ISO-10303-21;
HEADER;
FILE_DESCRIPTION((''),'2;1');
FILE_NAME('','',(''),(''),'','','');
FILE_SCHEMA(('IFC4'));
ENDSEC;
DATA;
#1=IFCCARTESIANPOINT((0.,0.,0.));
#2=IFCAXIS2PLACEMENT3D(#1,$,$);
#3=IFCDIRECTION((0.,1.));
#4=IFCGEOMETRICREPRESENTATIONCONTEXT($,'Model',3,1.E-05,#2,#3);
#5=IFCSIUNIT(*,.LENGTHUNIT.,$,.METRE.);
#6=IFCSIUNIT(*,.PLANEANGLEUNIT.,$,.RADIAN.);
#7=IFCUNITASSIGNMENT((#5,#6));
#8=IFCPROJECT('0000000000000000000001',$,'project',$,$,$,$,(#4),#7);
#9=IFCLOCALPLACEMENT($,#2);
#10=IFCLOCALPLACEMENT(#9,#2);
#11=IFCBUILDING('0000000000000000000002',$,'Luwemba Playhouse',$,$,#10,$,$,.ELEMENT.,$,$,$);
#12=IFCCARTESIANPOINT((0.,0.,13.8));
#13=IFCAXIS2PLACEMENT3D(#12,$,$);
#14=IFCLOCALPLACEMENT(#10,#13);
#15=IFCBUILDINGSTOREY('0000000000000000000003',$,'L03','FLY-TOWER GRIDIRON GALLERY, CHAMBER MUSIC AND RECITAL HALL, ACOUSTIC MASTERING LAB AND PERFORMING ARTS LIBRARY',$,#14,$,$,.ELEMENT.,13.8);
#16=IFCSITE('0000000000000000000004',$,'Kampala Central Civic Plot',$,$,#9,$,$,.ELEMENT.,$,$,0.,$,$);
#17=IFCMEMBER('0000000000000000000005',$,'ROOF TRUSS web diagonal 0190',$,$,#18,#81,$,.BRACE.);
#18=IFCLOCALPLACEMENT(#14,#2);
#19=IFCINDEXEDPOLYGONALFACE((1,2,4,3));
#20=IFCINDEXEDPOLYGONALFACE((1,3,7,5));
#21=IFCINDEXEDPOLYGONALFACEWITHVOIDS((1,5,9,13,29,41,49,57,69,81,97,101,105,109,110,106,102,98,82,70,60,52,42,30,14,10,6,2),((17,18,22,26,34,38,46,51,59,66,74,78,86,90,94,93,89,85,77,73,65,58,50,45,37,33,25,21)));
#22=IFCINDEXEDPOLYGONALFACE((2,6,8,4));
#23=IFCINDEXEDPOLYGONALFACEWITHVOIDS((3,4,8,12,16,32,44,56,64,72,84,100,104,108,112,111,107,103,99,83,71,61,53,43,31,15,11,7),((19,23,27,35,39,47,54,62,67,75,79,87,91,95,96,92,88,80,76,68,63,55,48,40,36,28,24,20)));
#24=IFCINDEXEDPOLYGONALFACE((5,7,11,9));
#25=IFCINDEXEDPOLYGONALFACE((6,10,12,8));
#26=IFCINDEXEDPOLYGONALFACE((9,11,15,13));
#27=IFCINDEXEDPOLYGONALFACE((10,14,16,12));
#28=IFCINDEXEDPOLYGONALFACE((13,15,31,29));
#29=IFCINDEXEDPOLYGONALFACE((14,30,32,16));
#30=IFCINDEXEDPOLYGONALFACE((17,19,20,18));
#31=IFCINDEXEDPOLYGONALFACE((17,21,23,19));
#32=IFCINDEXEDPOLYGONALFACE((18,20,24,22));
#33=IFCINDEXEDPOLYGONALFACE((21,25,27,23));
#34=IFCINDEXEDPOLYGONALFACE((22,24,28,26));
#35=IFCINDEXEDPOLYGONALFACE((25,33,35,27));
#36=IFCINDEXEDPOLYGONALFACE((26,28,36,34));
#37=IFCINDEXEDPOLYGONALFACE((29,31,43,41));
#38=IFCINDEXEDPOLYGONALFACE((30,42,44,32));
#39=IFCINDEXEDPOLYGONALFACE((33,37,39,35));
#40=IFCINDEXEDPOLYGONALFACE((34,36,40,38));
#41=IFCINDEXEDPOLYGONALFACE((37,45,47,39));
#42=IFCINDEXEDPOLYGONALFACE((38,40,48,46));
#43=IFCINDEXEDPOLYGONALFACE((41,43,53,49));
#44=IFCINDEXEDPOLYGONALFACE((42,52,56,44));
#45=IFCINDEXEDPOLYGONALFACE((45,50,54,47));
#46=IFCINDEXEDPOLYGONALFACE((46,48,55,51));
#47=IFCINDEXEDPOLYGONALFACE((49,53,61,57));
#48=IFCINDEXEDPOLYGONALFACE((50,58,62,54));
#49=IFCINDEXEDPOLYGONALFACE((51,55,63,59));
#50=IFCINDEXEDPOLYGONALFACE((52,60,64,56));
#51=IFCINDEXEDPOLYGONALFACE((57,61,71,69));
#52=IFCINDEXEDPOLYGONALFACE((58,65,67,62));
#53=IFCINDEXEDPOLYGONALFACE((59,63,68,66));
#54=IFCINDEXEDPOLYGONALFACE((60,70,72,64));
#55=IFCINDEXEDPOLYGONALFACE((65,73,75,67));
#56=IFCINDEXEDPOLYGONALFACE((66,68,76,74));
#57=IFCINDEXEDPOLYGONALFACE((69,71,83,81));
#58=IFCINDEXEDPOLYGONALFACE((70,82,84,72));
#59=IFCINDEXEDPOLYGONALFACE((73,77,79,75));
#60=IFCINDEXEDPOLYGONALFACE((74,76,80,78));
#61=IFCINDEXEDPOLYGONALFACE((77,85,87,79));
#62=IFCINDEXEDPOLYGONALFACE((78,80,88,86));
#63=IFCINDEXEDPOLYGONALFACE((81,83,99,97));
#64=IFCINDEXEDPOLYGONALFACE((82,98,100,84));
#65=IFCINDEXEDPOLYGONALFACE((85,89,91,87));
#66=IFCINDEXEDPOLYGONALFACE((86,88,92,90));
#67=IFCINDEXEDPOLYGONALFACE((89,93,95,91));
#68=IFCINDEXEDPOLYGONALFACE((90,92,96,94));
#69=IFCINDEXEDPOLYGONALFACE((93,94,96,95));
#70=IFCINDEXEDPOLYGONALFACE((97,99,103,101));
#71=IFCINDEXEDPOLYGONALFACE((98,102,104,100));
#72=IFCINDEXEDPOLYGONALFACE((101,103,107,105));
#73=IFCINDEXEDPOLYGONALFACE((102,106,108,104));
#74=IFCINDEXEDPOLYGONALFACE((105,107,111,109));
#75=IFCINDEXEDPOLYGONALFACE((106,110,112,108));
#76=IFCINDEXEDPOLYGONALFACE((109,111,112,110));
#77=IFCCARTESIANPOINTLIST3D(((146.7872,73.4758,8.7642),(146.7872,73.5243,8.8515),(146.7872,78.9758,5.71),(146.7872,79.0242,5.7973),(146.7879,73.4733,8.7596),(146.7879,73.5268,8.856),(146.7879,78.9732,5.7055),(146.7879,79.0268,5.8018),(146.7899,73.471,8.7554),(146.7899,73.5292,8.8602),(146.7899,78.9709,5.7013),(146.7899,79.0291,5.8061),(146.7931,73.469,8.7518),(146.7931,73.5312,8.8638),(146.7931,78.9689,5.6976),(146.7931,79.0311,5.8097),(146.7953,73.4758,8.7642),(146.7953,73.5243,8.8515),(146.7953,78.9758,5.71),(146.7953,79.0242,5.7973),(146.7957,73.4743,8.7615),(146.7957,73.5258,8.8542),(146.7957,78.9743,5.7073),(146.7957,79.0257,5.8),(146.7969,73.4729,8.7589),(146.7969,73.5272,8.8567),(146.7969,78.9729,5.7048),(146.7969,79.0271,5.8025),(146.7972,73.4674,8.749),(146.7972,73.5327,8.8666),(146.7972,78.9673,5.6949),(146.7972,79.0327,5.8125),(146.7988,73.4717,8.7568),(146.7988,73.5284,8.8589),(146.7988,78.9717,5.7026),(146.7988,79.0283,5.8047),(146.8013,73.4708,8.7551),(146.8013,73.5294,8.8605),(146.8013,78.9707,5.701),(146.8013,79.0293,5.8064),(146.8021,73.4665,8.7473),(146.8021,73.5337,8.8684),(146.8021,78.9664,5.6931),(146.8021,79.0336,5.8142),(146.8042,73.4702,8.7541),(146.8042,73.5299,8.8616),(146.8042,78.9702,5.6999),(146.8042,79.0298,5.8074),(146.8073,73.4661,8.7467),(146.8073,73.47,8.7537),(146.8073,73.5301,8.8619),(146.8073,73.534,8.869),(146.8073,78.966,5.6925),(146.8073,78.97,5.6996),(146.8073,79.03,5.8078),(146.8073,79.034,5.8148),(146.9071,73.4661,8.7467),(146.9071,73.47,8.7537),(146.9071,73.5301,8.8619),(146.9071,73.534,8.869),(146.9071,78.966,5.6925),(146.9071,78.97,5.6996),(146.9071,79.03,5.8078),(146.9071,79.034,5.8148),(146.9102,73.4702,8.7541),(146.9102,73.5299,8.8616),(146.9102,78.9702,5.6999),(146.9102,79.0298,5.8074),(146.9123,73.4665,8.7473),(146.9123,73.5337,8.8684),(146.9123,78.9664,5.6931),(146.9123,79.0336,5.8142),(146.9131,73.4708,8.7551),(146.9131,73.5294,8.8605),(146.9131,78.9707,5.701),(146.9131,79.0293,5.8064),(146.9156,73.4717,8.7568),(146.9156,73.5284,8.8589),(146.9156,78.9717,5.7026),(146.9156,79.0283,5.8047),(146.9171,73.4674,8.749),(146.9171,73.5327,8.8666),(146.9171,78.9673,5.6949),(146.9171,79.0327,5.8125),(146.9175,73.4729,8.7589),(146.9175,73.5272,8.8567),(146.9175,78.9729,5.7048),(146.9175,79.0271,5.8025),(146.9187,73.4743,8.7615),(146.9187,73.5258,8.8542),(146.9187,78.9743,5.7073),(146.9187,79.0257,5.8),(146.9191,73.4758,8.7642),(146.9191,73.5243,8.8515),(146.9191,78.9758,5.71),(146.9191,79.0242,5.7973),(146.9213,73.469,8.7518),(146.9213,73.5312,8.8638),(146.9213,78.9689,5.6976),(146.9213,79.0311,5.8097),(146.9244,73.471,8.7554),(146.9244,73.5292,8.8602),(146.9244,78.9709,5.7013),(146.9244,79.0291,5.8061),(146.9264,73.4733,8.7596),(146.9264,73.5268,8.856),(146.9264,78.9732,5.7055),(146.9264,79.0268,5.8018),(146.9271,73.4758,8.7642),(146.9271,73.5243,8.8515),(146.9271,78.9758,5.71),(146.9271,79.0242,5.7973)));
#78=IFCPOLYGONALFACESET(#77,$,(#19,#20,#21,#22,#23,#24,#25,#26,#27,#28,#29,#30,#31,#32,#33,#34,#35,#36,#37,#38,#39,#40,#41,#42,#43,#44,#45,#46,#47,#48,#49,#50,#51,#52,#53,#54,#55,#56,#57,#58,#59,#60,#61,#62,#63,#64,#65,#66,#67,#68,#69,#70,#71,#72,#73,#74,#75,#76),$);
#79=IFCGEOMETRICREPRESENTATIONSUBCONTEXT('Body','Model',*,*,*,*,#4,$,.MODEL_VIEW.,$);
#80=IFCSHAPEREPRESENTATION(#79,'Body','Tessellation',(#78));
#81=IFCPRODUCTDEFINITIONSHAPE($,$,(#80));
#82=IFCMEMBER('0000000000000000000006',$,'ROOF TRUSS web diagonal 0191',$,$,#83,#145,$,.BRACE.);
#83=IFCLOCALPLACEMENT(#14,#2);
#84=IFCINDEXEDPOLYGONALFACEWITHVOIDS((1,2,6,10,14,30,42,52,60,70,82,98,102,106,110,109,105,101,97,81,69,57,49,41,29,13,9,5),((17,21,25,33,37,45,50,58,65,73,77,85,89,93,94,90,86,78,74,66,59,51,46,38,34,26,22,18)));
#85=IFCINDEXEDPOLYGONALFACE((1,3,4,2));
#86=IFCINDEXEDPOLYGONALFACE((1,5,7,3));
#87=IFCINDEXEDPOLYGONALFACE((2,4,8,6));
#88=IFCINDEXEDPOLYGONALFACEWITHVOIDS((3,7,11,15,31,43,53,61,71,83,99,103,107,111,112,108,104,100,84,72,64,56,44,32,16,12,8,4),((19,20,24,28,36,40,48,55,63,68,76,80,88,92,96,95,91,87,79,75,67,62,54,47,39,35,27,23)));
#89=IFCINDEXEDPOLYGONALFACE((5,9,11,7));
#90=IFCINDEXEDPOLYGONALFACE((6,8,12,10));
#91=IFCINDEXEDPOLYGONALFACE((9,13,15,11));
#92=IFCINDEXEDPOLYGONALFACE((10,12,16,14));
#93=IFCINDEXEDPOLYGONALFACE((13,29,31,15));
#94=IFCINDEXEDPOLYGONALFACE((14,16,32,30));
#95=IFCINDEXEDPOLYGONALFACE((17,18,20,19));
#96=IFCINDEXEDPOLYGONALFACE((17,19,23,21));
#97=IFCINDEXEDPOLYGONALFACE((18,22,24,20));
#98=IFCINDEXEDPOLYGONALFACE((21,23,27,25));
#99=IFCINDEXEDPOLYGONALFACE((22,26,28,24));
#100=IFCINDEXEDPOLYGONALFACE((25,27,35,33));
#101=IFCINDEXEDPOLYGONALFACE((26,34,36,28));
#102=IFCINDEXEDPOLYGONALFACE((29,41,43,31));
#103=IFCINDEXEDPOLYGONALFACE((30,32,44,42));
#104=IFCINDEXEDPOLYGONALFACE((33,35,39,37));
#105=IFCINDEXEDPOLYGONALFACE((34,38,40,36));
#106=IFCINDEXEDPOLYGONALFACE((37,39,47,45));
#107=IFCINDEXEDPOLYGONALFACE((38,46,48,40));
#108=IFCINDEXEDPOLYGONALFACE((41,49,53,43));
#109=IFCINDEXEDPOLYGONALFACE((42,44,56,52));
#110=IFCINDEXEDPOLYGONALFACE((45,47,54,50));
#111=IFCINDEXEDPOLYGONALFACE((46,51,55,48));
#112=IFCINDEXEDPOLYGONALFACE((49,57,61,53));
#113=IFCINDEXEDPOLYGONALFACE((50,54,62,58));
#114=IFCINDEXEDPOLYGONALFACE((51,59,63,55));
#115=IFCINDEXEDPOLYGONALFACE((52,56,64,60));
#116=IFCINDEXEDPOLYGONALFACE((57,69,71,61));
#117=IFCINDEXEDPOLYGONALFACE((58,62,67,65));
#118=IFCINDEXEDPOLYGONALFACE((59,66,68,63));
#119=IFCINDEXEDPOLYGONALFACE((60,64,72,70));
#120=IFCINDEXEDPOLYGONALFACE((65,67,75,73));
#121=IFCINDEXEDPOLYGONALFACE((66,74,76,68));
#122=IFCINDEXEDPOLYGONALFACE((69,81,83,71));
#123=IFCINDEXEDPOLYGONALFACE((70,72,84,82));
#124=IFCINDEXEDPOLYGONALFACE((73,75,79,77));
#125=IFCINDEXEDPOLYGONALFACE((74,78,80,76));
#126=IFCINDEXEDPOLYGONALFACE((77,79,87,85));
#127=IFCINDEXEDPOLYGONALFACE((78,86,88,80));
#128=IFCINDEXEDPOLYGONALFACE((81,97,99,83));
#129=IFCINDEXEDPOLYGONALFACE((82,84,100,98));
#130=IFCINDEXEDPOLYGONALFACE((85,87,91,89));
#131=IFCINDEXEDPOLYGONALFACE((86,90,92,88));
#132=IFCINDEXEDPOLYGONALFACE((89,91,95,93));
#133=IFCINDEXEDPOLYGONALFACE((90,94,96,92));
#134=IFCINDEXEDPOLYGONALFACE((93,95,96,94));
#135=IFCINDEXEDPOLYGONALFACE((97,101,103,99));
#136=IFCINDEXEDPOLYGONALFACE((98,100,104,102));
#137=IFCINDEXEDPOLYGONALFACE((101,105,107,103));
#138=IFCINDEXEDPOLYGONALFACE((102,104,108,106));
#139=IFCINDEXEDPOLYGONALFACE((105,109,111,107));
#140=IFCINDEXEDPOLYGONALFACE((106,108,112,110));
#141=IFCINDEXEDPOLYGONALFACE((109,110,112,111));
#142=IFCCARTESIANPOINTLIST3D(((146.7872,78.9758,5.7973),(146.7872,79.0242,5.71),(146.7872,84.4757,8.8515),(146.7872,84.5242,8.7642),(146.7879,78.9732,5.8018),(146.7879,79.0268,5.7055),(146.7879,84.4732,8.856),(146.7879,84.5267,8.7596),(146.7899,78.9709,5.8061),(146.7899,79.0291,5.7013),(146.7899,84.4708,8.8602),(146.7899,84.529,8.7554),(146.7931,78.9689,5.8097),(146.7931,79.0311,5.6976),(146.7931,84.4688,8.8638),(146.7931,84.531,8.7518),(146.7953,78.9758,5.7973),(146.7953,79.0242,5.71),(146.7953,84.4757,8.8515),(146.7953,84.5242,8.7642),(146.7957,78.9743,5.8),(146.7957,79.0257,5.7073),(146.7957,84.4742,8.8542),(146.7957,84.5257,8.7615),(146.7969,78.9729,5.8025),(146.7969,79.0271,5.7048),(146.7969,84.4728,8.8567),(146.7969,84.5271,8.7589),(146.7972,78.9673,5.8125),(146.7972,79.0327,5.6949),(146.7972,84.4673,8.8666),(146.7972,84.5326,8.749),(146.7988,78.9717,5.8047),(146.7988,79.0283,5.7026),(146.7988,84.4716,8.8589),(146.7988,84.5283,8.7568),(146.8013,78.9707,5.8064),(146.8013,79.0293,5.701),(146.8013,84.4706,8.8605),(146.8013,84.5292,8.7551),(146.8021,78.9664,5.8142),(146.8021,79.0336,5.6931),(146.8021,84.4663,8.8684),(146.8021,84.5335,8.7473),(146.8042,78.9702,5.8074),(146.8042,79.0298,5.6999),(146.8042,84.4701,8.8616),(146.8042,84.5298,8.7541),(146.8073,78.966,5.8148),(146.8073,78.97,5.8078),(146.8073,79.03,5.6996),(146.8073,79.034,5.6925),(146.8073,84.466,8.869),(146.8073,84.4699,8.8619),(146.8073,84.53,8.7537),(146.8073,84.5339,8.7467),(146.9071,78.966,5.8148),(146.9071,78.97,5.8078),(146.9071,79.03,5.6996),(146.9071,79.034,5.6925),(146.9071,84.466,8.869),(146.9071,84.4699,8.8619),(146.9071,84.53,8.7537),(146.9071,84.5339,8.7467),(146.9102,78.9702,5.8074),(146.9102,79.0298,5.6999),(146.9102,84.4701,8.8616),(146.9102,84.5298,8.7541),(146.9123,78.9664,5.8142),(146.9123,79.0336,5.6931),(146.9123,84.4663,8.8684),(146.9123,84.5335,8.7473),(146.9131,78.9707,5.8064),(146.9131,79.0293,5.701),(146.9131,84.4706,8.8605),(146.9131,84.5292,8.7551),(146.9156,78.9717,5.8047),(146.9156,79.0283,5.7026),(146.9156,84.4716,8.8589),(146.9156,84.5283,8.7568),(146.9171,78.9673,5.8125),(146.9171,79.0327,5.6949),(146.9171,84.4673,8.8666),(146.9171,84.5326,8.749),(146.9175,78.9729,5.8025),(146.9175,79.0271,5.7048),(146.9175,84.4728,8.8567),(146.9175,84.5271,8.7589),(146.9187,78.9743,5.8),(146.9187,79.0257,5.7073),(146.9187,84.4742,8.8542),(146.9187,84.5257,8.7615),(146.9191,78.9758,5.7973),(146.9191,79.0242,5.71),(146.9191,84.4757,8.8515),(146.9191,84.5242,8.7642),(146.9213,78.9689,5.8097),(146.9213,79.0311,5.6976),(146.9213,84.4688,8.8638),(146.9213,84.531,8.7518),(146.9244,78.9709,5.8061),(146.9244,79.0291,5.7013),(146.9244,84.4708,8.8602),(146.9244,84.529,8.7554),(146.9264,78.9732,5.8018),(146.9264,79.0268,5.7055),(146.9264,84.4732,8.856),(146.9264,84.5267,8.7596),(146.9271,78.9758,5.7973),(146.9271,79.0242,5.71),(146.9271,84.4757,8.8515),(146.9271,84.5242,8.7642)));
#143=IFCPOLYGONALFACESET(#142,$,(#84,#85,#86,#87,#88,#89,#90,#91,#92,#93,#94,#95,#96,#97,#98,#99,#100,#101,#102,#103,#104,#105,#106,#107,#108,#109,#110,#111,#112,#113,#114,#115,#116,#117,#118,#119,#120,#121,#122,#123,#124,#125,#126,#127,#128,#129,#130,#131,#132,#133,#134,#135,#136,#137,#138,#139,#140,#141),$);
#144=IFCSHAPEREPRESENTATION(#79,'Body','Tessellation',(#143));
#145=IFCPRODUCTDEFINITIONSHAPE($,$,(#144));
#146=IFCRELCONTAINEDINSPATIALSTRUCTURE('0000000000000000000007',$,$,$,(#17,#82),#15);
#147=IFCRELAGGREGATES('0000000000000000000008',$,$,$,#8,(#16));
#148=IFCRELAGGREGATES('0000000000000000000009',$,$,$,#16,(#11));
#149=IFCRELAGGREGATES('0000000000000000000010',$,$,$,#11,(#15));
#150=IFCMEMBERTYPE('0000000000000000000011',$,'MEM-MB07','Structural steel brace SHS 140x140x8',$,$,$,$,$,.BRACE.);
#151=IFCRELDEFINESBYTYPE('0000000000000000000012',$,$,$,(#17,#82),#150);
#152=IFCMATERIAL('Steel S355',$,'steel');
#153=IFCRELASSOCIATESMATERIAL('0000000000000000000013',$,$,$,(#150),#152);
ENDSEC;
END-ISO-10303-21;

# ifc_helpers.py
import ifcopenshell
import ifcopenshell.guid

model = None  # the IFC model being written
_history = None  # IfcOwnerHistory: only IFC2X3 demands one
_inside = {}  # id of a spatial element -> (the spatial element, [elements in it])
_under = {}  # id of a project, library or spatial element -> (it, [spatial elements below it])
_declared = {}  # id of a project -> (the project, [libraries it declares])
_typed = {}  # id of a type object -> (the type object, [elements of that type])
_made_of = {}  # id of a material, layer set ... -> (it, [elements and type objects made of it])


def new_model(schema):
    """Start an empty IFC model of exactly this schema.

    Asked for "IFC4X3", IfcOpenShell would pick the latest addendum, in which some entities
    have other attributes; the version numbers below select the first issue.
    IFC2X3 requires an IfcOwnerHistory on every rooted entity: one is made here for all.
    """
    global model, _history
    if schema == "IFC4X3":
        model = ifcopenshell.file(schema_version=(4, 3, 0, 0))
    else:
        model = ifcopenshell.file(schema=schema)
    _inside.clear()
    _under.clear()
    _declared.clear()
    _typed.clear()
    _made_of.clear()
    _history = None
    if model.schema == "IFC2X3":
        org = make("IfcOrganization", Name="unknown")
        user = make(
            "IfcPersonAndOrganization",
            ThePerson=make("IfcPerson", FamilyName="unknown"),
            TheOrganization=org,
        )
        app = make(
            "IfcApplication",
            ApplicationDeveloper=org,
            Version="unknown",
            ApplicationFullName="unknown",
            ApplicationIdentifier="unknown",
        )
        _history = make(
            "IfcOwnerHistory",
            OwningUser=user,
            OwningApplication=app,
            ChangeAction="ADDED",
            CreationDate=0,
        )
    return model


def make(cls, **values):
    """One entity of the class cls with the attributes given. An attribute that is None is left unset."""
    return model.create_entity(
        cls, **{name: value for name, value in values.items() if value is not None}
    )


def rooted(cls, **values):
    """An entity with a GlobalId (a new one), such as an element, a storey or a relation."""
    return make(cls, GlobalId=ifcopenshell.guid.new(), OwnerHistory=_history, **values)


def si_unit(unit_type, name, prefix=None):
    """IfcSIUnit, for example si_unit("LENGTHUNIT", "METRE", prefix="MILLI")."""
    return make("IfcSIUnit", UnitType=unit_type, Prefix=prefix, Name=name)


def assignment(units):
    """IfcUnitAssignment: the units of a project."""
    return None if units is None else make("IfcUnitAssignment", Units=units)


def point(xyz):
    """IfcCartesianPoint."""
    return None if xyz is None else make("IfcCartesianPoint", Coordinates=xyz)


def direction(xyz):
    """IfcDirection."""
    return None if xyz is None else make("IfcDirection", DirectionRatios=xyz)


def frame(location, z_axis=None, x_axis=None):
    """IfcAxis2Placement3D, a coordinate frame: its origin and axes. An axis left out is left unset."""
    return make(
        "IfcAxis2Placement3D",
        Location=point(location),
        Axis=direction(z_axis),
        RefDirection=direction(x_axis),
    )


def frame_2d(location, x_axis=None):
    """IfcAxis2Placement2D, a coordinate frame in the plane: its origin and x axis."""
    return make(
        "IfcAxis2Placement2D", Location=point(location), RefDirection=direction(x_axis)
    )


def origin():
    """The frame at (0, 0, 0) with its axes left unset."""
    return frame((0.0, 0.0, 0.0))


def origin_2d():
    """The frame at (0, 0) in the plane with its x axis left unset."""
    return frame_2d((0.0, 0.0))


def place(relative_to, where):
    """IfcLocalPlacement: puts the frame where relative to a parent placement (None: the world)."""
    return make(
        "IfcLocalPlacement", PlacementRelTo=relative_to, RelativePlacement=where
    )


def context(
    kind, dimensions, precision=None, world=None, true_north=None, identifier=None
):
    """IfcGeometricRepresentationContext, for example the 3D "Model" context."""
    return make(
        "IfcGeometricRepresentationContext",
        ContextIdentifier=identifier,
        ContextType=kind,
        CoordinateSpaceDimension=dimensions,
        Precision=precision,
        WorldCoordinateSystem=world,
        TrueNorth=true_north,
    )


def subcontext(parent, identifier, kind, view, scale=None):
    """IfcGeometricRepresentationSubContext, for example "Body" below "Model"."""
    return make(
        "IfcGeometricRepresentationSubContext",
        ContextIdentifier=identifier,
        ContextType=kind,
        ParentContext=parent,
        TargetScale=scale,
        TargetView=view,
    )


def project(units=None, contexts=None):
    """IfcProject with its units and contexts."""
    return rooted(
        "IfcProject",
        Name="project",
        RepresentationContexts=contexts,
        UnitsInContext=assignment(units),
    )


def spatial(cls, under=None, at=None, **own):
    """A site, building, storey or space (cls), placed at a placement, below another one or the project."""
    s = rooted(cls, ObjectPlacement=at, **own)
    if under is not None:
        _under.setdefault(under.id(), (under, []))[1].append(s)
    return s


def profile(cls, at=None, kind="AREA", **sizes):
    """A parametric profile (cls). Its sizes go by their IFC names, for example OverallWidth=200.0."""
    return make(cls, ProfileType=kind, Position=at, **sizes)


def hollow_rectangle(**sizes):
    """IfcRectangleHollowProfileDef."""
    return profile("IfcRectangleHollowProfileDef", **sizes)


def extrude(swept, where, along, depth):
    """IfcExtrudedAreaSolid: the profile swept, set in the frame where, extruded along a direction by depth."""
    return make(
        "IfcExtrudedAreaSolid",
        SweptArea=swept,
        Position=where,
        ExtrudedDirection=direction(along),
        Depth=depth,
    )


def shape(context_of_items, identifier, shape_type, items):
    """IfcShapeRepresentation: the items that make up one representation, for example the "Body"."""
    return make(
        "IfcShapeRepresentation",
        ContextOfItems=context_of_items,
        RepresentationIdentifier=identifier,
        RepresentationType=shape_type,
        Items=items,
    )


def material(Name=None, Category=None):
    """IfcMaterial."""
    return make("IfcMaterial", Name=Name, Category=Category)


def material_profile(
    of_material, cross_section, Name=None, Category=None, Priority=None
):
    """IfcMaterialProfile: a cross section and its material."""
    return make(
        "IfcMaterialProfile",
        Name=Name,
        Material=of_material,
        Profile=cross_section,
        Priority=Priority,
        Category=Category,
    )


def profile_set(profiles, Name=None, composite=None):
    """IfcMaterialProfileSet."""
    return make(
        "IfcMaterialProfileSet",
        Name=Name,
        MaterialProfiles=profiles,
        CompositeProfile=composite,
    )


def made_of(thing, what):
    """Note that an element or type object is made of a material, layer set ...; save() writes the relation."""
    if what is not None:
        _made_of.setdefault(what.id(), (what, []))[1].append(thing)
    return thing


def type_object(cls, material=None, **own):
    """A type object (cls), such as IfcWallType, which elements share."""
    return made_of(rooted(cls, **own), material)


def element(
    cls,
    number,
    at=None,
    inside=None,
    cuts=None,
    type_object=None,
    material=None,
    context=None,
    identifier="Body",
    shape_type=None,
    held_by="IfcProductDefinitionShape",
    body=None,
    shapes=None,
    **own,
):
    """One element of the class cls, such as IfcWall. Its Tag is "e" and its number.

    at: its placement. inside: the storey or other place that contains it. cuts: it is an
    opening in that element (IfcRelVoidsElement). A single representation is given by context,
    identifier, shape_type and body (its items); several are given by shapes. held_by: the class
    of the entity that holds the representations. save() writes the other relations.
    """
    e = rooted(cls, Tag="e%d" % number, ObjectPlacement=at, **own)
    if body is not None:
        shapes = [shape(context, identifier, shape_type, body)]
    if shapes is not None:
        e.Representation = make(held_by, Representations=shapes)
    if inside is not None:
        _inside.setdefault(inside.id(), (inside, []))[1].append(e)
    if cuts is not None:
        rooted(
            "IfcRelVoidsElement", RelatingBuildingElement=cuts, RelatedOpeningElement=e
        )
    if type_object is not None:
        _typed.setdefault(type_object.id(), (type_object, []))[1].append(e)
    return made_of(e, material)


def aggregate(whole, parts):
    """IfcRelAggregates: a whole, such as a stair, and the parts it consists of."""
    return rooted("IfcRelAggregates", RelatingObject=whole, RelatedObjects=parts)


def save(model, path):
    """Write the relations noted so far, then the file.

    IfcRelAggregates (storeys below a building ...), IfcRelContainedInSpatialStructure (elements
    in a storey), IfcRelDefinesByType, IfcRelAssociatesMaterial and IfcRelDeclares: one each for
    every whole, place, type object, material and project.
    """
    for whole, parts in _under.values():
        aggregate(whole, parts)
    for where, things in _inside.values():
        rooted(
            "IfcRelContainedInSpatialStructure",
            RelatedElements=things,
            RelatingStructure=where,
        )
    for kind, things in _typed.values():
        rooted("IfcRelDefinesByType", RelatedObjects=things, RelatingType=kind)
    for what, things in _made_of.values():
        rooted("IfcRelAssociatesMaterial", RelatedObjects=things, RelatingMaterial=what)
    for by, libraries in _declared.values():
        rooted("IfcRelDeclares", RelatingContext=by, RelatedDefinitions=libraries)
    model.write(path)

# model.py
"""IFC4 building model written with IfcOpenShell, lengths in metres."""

from ifc_helpers import new_model, si_unit, direction, frame, origin, origin_2d, place, context, subcontext, project, spatial, hollow_rectangle, extrude, material, material_profile, profile_set, type_object, element, save


model = new_model("IFC4")

# Units and contexts
model_context = context("Model", 3, precision=1e-05, world=origin(), true_north=direction((0.0, 1.0)))
body_context = subcontext(model_context, "Body", "Model", "MODEL_VIEW")
ifc_project = project(units=[si_unit("LENGTHUNIT", "METRE"), si_unit("PLANEANGLEUNIT", "RADIAN")], contexts=[model_context])

# Site, building, storey
site_placement = place(None, origin())
site = spatial("IfcSite", under=ifc_project, at=site_placement, Name="Kampala Central Civic Plot", CompositionType="ELEMENT", RefElevation=0.0)
building_placement = place(site_placement, origin())
building = spatial("IfcBuilding", under=site, at=building_placement, Name="Luwemba Playhouse", CompositionType="ELEMENT")
storey_placement = place(building_placement, frame((0.0, 0.0, 13.8)))
storey = spatial("IfcBuildingStorey", under=building, at=storey_placement, Name="L03", Description="FLY-TOWER GRIDIRON GALLERY, CHAMBER MUSIC AND RECITAL HALL, ACOUSTIC MASTERING LAB AND PERFORMING ARTS LIBRARY", CompositionType="ELEMENT", Elevation=13.8)

# Shared definitions
ifc_material_1 = material(Name="Steel S355", Category="steel")

# Members
ifc_material_profile_1 = material_profile(ifc_material_1, hollow_rectangle(XDim=0.1399, YDim=0.1399, WallThickness=0.0081, InnerFilletRadius=0.012, OuterFilletRadius=0.02, at=origin_2d()))
ifc_profile_set_1 = profile_set([ifc_material_profile_1], Name="Steel S355")
member_type_1 = type_object("IfcMemberType", Name="MEM-MB07", Description="Structural steel brace SHS 140x140x8", PredefinedType="BRACE", material=ifc_profile_set_1)
for number, where, z_axis, x_axis, name in (
    (1, (146.8572, 79.0, 5.7537), (0.0, -0.874249, 0.485478), (1.0, 0.0, 0.0), "ROOF TRUSS web diagonal 0190"),
    (2, (146.8572, 79.0, 5.7537), (0.0, 0.874249, 0.485478), (-1.0, 0.0, 0.0), "ROOF TRUSS web diagonal 0191"),
):
    element("IfcMember", number, at=place(storey_placement, frame(where, z_axis=z_axis, x_axis=x_axis)), inside=storey, type_object=member_type_1, Name=name, PredefinedType="BRACE", context=body_context, shape_type="SweptSolid", body=[
        extrude(hollow_rectangle(XDim=0.1399, YDim=0.1399, WallThickness=0.0081, InnerFilletRadius=0.012, OuterFilletRadius=0.02, at=origin_2d()), origin(), (0.0, 0.0, 1.0), 6.291),
    ])

save(model, "model.ifc")
